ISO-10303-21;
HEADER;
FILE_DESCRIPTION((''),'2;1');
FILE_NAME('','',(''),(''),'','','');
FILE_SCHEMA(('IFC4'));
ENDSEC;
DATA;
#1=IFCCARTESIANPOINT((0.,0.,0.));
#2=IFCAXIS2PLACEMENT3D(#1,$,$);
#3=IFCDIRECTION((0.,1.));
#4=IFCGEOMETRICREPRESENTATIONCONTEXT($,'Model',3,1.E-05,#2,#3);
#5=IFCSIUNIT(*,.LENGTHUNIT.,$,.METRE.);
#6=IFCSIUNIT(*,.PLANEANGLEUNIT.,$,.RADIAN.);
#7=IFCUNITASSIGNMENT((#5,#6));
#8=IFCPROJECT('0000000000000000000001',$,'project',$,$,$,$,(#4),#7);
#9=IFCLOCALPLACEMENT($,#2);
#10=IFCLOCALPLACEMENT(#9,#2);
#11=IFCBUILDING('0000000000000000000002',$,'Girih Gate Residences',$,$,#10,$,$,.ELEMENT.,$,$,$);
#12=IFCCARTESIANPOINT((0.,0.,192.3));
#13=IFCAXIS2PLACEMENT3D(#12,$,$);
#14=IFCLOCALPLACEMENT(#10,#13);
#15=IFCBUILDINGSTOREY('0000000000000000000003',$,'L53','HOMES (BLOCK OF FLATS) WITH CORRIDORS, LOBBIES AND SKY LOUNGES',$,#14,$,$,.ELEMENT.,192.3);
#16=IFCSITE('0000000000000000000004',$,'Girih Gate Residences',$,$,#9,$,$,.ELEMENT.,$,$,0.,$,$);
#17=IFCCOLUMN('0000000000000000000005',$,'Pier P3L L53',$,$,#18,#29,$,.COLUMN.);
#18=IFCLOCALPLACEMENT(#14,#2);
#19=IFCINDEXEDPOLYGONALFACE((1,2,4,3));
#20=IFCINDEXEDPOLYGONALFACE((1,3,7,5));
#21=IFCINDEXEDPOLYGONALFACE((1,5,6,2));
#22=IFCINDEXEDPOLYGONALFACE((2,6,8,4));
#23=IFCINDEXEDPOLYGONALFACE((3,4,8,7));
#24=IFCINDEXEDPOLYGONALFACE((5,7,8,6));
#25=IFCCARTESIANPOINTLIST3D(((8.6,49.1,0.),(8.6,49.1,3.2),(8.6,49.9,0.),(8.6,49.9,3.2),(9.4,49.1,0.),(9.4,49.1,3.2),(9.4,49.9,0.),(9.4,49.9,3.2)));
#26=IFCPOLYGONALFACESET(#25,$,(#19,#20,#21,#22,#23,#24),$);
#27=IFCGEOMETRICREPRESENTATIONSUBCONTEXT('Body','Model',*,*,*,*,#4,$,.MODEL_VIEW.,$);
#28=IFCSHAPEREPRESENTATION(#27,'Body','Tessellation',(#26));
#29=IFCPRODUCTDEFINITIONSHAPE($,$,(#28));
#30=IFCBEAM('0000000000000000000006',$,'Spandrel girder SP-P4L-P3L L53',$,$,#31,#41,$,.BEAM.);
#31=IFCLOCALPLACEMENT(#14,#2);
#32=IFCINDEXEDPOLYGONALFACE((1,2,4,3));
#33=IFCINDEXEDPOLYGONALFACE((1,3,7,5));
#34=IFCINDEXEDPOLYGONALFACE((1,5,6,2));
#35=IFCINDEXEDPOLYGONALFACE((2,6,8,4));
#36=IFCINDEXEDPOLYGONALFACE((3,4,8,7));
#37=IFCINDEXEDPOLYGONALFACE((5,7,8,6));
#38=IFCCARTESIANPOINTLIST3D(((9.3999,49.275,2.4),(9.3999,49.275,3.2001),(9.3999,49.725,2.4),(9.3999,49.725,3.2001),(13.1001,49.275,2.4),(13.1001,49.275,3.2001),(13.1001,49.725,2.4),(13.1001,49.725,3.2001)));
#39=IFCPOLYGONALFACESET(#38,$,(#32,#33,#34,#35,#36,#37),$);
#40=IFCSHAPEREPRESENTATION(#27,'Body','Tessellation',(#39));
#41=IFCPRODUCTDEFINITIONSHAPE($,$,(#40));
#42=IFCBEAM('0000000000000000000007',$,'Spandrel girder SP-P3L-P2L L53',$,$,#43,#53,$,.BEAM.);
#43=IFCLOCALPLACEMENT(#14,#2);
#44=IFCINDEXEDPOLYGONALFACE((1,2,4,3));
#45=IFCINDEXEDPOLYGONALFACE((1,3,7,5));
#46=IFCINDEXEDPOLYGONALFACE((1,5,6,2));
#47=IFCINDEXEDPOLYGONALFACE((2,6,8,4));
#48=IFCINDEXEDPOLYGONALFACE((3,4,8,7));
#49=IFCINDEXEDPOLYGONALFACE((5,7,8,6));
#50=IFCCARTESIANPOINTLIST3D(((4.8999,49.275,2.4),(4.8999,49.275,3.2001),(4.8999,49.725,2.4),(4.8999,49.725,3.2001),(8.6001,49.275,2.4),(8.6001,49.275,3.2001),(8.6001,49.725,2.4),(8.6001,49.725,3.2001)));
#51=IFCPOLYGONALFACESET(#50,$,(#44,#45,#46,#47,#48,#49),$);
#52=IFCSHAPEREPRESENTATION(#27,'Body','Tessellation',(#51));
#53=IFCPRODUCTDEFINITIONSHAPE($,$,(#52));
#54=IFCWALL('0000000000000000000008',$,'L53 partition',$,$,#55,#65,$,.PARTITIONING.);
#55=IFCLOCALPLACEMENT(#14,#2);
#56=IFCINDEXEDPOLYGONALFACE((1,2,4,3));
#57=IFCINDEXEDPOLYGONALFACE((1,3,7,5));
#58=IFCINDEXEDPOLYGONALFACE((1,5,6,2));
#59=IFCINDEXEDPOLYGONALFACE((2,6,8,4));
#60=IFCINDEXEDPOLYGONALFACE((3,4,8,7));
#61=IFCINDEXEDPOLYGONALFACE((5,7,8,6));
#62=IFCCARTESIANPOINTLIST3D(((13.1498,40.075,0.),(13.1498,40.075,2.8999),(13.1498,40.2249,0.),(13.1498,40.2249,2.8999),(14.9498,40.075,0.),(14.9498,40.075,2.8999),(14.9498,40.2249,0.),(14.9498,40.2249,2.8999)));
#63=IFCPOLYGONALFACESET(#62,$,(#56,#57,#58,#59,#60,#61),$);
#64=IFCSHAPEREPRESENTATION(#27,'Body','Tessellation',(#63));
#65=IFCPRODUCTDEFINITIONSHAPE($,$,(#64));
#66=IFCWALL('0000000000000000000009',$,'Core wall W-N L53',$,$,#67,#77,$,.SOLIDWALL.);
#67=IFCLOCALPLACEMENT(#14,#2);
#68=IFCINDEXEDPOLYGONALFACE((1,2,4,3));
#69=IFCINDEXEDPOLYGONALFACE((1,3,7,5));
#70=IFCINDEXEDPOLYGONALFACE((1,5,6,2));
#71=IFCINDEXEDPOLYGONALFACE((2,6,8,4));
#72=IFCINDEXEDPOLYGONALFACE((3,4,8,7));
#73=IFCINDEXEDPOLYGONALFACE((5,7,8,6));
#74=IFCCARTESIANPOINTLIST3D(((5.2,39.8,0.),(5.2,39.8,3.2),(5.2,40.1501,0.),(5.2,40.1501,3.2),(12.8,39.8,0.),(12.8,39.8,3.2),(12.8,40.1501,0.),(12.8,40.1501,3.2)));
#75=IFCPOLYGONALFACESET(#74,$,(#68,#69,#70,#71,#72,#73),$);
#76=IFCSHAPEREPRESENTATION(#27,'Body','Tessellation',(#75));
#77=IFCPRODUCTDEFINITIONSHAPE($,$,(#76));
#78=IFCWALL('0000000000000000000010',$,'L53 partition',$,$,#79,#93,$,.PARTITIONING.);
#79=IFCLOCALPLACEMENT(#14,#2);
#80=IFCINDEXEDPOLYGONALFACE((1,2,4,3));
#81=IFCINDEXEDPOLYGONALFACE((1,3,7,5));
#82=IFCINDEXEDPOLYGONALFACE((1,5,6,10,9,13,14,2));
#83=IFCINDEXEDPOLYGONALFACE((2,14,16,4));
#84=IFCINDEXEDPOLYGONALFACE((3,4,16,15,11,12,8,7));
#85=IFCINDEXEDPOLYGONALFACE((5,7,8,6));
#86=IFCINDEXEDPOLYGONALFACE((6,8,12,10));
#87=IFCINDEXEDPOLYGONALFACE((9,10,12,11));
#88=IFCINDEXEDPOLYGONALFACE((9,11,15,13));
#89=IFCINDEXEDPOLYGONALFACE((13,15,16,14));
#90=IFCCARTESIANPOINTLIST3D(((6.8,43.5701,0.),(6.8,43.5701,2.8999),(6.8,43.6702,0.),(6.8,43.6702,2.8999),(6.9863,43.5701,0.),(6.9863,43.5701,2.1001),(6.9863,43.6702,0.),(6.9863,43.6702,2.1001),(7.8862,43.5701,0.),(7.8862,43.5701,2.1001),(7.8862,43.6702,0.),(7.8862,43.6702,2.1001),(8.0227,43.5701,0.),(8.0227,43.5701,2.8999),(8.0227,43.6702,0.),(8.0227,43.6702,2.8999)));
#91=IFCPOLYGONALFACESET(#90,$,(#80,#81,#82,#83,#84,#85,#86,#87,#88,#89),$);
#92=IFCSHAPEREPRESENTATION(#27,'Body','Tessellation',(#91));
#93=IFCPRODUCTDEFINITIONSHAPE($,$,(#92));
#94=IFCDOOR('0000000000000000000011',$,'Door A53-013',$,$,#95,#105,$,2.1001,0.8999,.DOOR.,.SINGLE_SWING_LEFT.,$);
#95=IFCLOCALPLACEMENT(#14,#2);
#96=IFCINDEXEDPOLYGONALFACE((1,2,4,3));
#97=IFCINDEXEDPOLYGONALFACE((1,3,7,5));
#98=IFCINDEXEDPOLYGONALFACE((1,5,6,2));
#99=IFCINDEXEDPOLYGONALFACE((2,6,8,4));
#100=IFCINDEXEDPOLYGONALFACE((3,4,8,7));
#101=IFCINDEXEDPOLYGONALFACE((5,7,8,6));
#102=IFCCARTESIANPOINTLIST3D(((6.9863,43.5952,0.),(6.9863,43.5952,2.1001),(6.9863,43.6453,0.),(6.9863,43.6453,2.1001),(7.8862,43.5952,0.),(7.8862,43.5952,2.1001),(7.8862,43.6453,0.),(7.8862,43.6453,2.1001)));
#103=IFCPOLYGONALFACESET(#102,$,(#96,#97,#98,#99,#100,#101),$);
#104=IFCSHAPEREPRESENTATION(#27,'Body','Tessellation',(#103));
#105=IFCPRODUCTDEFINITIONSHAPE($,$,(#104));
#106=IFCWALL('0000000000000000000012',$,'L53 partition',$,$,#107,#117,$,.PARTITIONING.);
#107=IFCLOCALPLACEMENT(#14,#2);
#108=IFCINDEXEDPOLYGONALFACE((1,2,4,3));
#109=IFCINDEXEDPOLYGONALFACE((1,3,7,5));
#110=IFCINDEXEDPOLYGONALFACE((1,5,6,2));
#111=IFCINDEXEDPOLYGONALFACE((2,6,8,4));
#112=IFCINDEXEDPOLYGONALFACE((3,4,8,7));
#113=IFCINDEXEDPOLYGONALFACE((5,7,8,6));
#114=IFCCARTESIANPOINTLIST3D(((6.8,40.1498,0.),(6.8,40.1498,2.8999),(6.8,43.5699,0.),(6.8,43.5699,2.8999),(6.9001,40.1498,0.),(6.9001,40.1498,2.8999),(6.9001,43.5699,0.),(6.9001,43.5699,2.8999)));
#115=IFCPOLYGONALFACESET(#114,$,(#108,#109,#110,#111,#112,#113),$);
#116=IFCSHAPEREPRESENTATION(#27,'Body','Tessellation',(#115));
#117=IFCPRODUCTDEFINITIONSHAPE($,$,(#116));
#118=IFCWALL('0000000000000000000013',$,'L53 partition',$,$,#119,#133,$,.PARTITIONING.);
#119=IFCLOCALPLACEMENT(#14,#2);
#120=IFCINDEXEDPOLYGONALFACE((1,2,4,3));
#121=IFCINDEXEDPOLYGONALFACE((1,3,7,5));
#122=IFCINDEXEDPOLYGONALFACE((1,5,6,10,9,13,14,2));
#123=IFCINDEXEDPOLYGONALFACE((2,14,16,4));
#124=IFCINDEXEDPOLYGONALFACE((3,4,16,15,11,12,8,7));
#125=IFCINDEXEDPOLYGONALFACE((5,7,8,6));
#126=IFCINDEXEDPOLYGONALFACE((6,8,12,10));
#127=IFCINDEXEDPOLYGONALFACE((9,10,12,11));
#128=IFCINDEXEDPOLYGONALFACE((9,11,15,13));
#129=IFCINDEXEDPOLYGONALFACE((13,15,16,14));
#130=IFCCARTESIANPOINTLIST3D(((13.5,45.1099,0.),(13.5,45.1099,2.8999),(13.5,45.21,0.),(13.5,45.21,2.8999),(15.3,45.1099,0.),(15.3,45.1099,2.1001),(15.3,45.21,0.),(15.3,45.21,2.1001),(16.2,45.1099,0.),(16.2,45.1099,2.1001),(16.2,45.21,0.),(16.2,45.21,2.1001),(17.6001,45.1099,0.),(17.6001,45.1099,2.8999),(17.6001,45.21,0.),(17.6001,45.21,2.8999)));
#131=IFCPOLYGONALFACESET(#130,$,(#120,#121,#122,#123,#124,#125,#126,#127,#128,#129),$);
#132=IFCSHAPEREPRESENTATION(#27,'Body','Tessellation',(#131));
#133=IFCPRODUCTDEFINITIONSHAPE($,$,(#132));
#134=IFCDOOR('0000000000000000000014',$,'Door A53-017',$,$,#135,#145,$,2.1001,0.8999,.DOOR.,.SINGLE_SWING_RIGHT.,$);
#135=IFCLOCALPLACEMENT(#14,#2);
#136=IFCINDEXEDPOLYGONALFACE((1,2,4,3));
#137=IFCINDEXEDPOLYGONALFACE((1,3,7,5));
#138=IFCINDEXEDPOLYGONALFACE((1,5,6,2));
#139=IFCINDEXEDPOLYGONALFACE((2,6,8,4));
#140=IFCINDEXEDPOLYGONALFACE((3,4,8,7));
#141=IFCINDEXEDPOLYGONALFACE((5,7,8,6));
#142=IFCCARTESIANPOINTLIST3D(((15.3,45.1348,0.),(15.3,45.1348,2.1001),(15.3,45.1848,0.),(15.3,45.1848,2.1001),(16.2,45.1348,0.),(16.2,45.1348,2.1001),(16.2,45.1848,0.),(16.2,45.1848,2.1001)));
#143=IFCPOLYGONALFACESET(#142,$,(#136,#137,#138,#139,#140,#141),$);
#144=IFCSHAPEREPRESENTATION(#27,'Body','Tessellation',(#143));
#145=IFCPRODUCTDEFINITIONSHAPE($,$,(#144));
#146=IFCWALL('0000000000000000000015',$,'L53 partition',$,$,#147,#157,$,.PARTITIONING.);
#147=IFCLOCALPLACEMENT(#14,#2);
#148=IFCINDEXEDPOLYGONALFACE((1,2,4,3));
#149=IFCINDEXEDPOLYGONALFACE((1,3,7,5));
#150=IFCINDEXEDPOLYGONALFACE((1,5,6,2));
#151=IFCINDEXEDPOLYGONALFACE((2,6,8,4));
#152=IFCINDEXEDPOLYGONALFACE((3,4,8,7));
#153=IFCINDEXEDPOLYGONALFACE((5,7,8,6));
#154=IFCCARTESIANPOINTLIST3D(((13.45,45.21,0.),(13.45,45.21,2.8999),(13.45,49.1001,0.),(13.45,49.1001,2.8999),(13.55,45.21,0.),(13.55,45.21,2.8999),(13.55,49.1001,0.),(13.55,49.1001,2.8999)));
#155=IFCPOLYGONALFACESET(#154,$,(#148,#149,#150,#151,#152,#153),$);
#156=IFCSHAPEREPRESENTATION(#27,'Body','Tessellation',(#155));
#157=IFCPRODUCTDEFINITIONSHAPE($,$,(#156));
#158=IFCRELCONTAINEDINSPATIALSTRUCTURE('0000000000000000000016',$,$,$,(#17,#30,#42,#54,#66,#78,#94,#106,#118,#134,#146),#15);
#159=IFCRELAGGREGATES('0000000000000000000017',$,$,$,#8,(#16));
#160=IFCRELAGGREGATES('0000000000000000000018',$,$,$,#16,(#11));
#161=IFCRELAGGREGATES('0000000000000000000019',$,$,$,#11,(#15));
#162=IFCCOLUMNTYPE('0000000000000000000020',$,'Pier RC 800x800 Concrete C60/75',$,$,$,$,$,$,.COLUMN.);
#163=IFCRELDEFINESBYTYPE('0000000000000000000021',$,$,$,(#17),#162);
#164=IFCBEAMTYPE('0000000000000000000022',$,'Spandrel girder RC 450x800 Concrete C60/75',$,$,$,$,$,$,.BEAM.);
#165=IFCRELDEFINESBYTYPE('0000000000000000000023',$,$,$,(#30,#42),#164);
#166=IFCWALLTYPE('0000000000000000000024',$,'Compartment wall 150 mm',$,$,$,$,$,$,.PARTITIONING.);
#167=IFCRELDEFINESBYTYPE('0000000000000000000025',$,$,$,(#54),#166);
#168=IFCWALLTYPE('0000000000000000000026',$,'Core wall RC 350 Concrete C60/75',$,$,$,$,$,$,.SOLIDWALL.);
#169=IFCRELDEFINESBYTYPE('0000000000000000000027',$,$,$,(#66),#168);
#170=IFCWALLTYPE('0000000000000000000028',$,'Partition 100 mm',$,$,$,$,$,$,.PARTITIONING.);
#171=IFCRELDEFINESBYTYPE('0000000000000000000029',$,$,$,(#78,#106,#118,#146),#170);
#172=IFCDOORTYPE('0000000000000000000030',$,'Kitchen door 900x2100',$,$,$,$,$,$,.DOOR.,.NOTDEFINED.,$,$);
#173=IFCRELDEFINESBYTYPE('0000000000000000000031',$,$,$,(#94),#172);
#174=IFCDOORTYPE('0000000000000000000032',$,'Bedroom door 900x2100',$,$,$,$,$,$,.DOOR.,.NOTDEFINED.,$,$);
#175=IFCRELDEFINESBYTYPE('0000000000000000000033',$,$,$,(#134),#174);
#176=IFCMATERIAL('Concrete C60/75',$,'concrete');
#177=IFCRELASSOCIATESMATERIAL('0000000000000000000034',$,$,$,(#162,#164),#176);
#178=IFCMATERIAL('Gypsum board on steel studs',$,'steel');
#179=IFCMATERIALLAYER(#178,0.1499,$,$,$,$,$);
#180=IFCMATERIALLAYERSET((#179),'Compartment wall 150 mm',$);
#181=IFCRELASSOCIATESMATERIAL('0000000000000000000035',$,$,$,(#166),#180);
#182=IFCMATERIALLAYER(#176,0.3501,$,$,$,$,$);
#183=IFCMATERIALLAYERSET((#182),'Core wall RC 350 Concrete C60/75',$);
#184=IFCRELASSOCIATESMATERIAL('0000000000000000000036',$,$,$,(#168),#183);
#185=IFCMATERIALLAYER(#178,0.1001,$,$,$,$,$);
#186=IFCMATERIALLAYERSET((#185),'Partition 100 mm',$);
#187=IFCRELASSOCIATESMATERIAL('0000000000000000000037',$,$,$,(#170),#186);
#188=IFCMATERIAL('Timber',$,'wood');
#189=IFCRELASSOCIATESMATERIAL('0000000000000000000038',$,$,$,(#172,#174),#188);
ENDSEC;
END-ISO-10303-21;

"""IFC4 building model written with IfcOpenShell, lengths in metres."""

from ifc_helpers import new_model, si_unit, direction, frame, frame_2d, origin, origin_2d, place, context, subcontext, project, spatial, rectangle, extrude, material, layer, layer_set, material_profile, profile_set, type_object, element, fill, save


model = new_model("IFC4")

# Units and contexts
model_context = context("Model", 3, precision=1e-05, world=origin(), true_north=direction((0.0, 1.0)))
body_context = subcontext(model_context, "Body", "Model", "MODEL_VIEW")
ifc_project = project(units=[si_unit("LENGTHUNIT", "METRE"), si_unit("PLANEANGLEUNIT", "RADIAN")], contexts=[model_context])

# Site, building, storey
site_placement = place(None, origin())
site = spatial("IfcSite", under=ifc_project, at=site_placement, Name="Girih Gate Residences", CompositionType="ELEMENT", RefElevation=0.0)
building_placement = place(site_placement, origin())
building = spatial("IfcBuilding", under=site, at=building_placement, Name="Girih Gate Residences", CompositionType="ELEMENT")
storey_placement = place(building_placement, frame((0.0, 0.0, 192.3)))
storey = spatial("IfcBuildingStorey", under=building, at=storey_placement, Name="L53", Description="HOMES (BLOCK OF FLATS) WITH CORRIDORS, LOBBIES AND SKY LOUNGES", CompositionType="ELEMENT", Elevation=192.3)

# Column
ifc_material_1 = material(Name="Concrete C60/75", Category="concrete")
ifc_material_profile_1 = material_profile(ifc_material_1, rectangle(XDim=0.8, YDim=0.8, at=origin_2d()))
ifc_profile_set_1 = profile_set([ifc_material_profile_1], Name="Concrete C60/75")
column_type = type_object("IfcColumnType", Name="Pier RC 800x800 Concrete C60/75", PredefinedType="COLUMN", material=ifc_profile_set_1)
column_placement = place(storey_placement, frame((9.0, 49.5, 0.0), z_axis=(0.0, 0.0, 1.0), x_axis=(1.0, 0.0, 0.0)))
element("IfcColumn", 1, at=column_placement, inside=storey, type_object=column_type, Name="Pier P3L L53", PredefinedType="COLUMN", context=body_context, shape_type="SweptSolid", body=[
    extrude(rectangle(XDim=0.8, YDim=0.8, at=origin_2d()), origin(), (0.0, 0.0, 1.0), 3.2),
])

# Beams
ifc_material_profile_2 = material_profile(ifc_material_1, rectangle(XDim=0.45, YDim=0.8, at=origin_2d()))
ifc_profile_set_2 = profile_set([ifc_material_profile_2], Name="Concrete C60/75")
beam_type = type_object("IfcBeamType", Name="Spandrel girder RC 450x800 Concrete C60/75", PredefinedType="BEAM", material=ifc_profile_set_2)
for number, where, z_axis, x_axis, name in (
    (2, (13.1001, 49.5, 2.8), (-1.0, 0.0, 0.0), (0.0, -1.0, 0.0), "Spandrel girder SP-P4L-P3L L53"),
    (3, (8.6001, 49.5, 2.8), (-1.0, 0.0, 0.0), (0.0, -1.0, 0.0), "Spandrel girder SP-P3L-P2L L53"),
):
    element("IfcBeam", number, at=place(storey_placement, frame(where, z_axis=z_axis, x_axis=x_axis)), inside=storey, type_object=beam_type, Name=name, PredefinedType="BEAM", context=body_context, shape_type="SweptSolid", body=[
        extrude(rectangle(XDim=0.45, YDim=0.8, at=origin_2d()), origin(), (0.0, 0.0, 1.0), 3.7002),
    ])

# Walls
ifc_material_2 = material(Name="Gypsum board on steel studs", Category="steel")
ifc_layer_1 = layer(ifc_material_2, 0.1499)
ifc_layer_set_1 = layer_set([ifc_layer_1], Name="Compartment wall 150 mm")
wall_type_1 = type_object("IfcWallType", Name="Compartment wall 150 mm", PredefinedType="PARTITIONING", material=ifc_layer_set_1)
wall_1_placement = place(storey_placement, frame((13.1499, 40.1499, 0.0), z_axis=(0.0, 0.0, 1.0), x_axis=(1.0, 0.0, 0.0)))
element("IfcWall", 4, at=wall_1_placement, inside=storey, type_object=wall_type_1, Name="L53 partition", PredefinedType="PARTITIONING", context=body_context, shape_type="SweptSolid", body=[
    extrude(rectangle(XDim=1.8, YDim=0.1499, at=frame_2d((0.8999, 0.0))), origin(), (0.0, 0.0, 1.0), 2.8999),
])
ifc_layer_2 = layer(ifc_material_1, 0.3501)
ifc_layer_set_2 = layer_set([ifc_layer_2], Name="Core wall RC 350 Concrete C60/75")
wall_type_2 = type_object("IfcWallType", Name="Core wall RC 350 Concrete C60/75", PredefinedType="SOLIDWALL", material=ifc_layer_set_2)
wall_2_placement = place(storey_placement, frame((5.2, 39.9751, 0.0), z_axis=(0.0, 0.0, 1.0), x_axis=(1.0, 0.0, 0.0)))
element("IfcWall", 5, at=wall_2_placement, inside=storey, type_object=wall_type_2, Name="Core wall W-N L53", PredefinedType="SOLIDWALL", context=body_context, shape_type="SweptSolid", body=[
    extrude(rectangle(XDim=7.6001, YDim=0.3501, at=frame_2d((3.8, 0.0))), origin(), (0.0, 0.0, 1.0), 3.2),
])

# Wall, opening, door
ifc_layer_3 = layer(ifc_material_2, 0.1001)
ifc_layer_set_3 = layer_set([ifc_layer_3], Name="Partition 100 mm")
wall_type_3 = type_object("IfcWallType", Name="Partition 100 mm", PredefinedType="PARTITIONING", material=ifc_layer_set_3)
wall_3_placement = place(storey_placement, frame((8.0227, 43.6201, 0.0), z_axis=(0.0, 0.0, 1.0), x_axis=(-1.0, 0.0, 0.0)))
wall_3 = element("IfcWall", 6, at=wall_3_placement, inside=storey, type_object=wall_type_3, Name="L53 partition", PredefinedType="PARTITIONING", context=body_context, shape_type="SweptSolid", body=[
    extrude(rectangle(XDim=1.2227, YDim=0.1001, at=frame_2d((0.6113, 0.0))), origin(), (0.0, 0.0, 1.0), 2.8999),
])
opening_1_placement = place(wall_3_placement, frame((0.1365, 0.0, 0.0)))
opening_1 = element("IfcOpeningElement", 7, at=opening_1_placement, cuts=wall_3, PredefinedType="OPENING", context=body_context, shape_type="SweptSolid", body=[
    extrude(rectangle(XDim=0.8999, YDim=2.1001, at=frame_2d((0.45, 1.05))), frame((0.0, 0.0601, 0.0), z_axis=(0.0, -1.0, 0.0), x_axis=(1.0, 0.0, 0.0)), (0.0, 0.0, 1.0), 0.1201),
])
ifc_material_3 = material(Name="Timber", Category="wood")
door_type_1 = type_object("IfcDoorType", Name="Kitchen door 900x2100", OperationType="NOTDEFINED", PredefinedType="DOOR", material=ifc_material_3)
door_1_placement = place(opening_1_placement, origin())
door_1 = element("IfcDoor", 8, at=door_1_placement, inside=storey, type_object=door_type_1, Name="Door A53-013", OperationType="SINGLE_SWING_LEFT", OverallHeight=2.1001, OverallWidth=0.8999, PredefinedType="DOOR", context=body_context, shape_type="SweptSolid", body=[
    extrude(rectangle(XDim=0.8999, YDim=2.1001, at=frame_2d((0.45, 1.05))), frame((0.0, 0.0249, 0.0), z_axis=(0.0, -1.0, 0.0), x_axis=(1.0, 0.0, 0.0)), (0.0, 0.0, 1.0), 0.05),
])
fill(opening_1, door_1)

# Wall
wall_4_placement = place(storey_placement, frame((6.8501, 40.1499, 0.0), z_axis=(0.0, 0.0, 1.0), x_axis=(0.0, 1.0, 0.0)))
element("IfcWall", 9, at=wall_4_placement, inside=storey, type_object=wall_type_3, Name="L53 partition", PredefinedType="PARTITIONING", context=body_context, shape_type="SweptSolid", body=[
    extrude(rectangle(XDim=3.4202, YDim=0.1001, at=frame_2d((1.71, 0.0))), origin(), (0.0, 0.0, 1.0), 2.8999),
])

# Wall, opening, door
wall_5_placement = place(storey_placement, frame((13.5, 45.1599, 0.0), z_axis=(0.0, 0.0, 1.0), x_axis=(1.0, 0.0, 0.0)))
wall_5 = element("IfcWall", 10, at=wall_5_placement, inside=storey, type_object=wall_type_3, Name="L53 partition", PredefinedType="PARTITIONING", context=body_context, shape_type="SweptSolid", body=[
    extrude(rectangle(XDim=4.1001, YDim=0.1001, at=frame_2d((2.05, 0.0))), origin(), (0.0, 0.0, 1.0), 2.8999),
])
opening_2_placement = place(wall_5_placement, frame((1.8, 0.0, 0.0)))
opening_2 = element("IfcOpeningElement", 11, at=opening_2_placement, cuts=wall_5, PredefinedType="OPENING", context=body_context, shape_type="SweptSolid", body=[
    extrude(rectangle(XDim=0.8999, YDim=2.1001, at=frame_2d((0.45, 1.05))), frame((0.0, 0.0601, 0.0), z_axis=(0.0, -1.0, 0.0), x_axis=(1.0, 0.0, 0.0)), (0.0, 0.0, 1.0), 0.1201),
])
door_type_2 = type_object("IfcDoorType", Name="Bedroom door 900x2100", OperationType="NOTDEFINED", PredefinedType="DOOR", material=ifc_material_3)
door_2_placement = place(opening_2_placement, origin())
door_2 = element("IfcDoor", 12, at=door_2_placement, inside=storey, type_object=door_type_2, Name="Door A53-017", OperationType="SINGLE_SWING_RIGHT", OverallHeight=2.1001, OverallWidth=0.8999, PredefinedType="DOOR", context=body_context, shape_type="SweptSolid", body=[
    extrude(rectangle(XDim=0.8999, YDim=2.1001, at=frame_2d((0.45, 1.05))), frame((0.0, 0.0249, 0.0), z_axis=(0.0, -1.0, 0.0), x_axis=(1.0, 0.0, 0.0)), (0.0, 0.0, 1.0), 0.05),
])
fill(opening_2, door_2)

# Wall
wall_6_placement = place(storey_placement, frame((13.5, 45.21, 0.0), z_axis=(0.0, 0.0, 1.0), x_axis=(0.0, 1.0, 0.0)))
element("IfcWall", 13, at=wall_6_placement, inside=storey, type_object=wall_type_3, Name="L53 partition", PredefinedType="PARTITIONING", context=body_context, shape_type="SweptSolid", body=[
    extrude(rectangle(XDim=3.8901, YDim=0.1001, at=frame_2d((1.9451, 0.0))), origin(), (0.0, 0.0, 1.0), 2.8999),
])

save(model, "model.ifc")
